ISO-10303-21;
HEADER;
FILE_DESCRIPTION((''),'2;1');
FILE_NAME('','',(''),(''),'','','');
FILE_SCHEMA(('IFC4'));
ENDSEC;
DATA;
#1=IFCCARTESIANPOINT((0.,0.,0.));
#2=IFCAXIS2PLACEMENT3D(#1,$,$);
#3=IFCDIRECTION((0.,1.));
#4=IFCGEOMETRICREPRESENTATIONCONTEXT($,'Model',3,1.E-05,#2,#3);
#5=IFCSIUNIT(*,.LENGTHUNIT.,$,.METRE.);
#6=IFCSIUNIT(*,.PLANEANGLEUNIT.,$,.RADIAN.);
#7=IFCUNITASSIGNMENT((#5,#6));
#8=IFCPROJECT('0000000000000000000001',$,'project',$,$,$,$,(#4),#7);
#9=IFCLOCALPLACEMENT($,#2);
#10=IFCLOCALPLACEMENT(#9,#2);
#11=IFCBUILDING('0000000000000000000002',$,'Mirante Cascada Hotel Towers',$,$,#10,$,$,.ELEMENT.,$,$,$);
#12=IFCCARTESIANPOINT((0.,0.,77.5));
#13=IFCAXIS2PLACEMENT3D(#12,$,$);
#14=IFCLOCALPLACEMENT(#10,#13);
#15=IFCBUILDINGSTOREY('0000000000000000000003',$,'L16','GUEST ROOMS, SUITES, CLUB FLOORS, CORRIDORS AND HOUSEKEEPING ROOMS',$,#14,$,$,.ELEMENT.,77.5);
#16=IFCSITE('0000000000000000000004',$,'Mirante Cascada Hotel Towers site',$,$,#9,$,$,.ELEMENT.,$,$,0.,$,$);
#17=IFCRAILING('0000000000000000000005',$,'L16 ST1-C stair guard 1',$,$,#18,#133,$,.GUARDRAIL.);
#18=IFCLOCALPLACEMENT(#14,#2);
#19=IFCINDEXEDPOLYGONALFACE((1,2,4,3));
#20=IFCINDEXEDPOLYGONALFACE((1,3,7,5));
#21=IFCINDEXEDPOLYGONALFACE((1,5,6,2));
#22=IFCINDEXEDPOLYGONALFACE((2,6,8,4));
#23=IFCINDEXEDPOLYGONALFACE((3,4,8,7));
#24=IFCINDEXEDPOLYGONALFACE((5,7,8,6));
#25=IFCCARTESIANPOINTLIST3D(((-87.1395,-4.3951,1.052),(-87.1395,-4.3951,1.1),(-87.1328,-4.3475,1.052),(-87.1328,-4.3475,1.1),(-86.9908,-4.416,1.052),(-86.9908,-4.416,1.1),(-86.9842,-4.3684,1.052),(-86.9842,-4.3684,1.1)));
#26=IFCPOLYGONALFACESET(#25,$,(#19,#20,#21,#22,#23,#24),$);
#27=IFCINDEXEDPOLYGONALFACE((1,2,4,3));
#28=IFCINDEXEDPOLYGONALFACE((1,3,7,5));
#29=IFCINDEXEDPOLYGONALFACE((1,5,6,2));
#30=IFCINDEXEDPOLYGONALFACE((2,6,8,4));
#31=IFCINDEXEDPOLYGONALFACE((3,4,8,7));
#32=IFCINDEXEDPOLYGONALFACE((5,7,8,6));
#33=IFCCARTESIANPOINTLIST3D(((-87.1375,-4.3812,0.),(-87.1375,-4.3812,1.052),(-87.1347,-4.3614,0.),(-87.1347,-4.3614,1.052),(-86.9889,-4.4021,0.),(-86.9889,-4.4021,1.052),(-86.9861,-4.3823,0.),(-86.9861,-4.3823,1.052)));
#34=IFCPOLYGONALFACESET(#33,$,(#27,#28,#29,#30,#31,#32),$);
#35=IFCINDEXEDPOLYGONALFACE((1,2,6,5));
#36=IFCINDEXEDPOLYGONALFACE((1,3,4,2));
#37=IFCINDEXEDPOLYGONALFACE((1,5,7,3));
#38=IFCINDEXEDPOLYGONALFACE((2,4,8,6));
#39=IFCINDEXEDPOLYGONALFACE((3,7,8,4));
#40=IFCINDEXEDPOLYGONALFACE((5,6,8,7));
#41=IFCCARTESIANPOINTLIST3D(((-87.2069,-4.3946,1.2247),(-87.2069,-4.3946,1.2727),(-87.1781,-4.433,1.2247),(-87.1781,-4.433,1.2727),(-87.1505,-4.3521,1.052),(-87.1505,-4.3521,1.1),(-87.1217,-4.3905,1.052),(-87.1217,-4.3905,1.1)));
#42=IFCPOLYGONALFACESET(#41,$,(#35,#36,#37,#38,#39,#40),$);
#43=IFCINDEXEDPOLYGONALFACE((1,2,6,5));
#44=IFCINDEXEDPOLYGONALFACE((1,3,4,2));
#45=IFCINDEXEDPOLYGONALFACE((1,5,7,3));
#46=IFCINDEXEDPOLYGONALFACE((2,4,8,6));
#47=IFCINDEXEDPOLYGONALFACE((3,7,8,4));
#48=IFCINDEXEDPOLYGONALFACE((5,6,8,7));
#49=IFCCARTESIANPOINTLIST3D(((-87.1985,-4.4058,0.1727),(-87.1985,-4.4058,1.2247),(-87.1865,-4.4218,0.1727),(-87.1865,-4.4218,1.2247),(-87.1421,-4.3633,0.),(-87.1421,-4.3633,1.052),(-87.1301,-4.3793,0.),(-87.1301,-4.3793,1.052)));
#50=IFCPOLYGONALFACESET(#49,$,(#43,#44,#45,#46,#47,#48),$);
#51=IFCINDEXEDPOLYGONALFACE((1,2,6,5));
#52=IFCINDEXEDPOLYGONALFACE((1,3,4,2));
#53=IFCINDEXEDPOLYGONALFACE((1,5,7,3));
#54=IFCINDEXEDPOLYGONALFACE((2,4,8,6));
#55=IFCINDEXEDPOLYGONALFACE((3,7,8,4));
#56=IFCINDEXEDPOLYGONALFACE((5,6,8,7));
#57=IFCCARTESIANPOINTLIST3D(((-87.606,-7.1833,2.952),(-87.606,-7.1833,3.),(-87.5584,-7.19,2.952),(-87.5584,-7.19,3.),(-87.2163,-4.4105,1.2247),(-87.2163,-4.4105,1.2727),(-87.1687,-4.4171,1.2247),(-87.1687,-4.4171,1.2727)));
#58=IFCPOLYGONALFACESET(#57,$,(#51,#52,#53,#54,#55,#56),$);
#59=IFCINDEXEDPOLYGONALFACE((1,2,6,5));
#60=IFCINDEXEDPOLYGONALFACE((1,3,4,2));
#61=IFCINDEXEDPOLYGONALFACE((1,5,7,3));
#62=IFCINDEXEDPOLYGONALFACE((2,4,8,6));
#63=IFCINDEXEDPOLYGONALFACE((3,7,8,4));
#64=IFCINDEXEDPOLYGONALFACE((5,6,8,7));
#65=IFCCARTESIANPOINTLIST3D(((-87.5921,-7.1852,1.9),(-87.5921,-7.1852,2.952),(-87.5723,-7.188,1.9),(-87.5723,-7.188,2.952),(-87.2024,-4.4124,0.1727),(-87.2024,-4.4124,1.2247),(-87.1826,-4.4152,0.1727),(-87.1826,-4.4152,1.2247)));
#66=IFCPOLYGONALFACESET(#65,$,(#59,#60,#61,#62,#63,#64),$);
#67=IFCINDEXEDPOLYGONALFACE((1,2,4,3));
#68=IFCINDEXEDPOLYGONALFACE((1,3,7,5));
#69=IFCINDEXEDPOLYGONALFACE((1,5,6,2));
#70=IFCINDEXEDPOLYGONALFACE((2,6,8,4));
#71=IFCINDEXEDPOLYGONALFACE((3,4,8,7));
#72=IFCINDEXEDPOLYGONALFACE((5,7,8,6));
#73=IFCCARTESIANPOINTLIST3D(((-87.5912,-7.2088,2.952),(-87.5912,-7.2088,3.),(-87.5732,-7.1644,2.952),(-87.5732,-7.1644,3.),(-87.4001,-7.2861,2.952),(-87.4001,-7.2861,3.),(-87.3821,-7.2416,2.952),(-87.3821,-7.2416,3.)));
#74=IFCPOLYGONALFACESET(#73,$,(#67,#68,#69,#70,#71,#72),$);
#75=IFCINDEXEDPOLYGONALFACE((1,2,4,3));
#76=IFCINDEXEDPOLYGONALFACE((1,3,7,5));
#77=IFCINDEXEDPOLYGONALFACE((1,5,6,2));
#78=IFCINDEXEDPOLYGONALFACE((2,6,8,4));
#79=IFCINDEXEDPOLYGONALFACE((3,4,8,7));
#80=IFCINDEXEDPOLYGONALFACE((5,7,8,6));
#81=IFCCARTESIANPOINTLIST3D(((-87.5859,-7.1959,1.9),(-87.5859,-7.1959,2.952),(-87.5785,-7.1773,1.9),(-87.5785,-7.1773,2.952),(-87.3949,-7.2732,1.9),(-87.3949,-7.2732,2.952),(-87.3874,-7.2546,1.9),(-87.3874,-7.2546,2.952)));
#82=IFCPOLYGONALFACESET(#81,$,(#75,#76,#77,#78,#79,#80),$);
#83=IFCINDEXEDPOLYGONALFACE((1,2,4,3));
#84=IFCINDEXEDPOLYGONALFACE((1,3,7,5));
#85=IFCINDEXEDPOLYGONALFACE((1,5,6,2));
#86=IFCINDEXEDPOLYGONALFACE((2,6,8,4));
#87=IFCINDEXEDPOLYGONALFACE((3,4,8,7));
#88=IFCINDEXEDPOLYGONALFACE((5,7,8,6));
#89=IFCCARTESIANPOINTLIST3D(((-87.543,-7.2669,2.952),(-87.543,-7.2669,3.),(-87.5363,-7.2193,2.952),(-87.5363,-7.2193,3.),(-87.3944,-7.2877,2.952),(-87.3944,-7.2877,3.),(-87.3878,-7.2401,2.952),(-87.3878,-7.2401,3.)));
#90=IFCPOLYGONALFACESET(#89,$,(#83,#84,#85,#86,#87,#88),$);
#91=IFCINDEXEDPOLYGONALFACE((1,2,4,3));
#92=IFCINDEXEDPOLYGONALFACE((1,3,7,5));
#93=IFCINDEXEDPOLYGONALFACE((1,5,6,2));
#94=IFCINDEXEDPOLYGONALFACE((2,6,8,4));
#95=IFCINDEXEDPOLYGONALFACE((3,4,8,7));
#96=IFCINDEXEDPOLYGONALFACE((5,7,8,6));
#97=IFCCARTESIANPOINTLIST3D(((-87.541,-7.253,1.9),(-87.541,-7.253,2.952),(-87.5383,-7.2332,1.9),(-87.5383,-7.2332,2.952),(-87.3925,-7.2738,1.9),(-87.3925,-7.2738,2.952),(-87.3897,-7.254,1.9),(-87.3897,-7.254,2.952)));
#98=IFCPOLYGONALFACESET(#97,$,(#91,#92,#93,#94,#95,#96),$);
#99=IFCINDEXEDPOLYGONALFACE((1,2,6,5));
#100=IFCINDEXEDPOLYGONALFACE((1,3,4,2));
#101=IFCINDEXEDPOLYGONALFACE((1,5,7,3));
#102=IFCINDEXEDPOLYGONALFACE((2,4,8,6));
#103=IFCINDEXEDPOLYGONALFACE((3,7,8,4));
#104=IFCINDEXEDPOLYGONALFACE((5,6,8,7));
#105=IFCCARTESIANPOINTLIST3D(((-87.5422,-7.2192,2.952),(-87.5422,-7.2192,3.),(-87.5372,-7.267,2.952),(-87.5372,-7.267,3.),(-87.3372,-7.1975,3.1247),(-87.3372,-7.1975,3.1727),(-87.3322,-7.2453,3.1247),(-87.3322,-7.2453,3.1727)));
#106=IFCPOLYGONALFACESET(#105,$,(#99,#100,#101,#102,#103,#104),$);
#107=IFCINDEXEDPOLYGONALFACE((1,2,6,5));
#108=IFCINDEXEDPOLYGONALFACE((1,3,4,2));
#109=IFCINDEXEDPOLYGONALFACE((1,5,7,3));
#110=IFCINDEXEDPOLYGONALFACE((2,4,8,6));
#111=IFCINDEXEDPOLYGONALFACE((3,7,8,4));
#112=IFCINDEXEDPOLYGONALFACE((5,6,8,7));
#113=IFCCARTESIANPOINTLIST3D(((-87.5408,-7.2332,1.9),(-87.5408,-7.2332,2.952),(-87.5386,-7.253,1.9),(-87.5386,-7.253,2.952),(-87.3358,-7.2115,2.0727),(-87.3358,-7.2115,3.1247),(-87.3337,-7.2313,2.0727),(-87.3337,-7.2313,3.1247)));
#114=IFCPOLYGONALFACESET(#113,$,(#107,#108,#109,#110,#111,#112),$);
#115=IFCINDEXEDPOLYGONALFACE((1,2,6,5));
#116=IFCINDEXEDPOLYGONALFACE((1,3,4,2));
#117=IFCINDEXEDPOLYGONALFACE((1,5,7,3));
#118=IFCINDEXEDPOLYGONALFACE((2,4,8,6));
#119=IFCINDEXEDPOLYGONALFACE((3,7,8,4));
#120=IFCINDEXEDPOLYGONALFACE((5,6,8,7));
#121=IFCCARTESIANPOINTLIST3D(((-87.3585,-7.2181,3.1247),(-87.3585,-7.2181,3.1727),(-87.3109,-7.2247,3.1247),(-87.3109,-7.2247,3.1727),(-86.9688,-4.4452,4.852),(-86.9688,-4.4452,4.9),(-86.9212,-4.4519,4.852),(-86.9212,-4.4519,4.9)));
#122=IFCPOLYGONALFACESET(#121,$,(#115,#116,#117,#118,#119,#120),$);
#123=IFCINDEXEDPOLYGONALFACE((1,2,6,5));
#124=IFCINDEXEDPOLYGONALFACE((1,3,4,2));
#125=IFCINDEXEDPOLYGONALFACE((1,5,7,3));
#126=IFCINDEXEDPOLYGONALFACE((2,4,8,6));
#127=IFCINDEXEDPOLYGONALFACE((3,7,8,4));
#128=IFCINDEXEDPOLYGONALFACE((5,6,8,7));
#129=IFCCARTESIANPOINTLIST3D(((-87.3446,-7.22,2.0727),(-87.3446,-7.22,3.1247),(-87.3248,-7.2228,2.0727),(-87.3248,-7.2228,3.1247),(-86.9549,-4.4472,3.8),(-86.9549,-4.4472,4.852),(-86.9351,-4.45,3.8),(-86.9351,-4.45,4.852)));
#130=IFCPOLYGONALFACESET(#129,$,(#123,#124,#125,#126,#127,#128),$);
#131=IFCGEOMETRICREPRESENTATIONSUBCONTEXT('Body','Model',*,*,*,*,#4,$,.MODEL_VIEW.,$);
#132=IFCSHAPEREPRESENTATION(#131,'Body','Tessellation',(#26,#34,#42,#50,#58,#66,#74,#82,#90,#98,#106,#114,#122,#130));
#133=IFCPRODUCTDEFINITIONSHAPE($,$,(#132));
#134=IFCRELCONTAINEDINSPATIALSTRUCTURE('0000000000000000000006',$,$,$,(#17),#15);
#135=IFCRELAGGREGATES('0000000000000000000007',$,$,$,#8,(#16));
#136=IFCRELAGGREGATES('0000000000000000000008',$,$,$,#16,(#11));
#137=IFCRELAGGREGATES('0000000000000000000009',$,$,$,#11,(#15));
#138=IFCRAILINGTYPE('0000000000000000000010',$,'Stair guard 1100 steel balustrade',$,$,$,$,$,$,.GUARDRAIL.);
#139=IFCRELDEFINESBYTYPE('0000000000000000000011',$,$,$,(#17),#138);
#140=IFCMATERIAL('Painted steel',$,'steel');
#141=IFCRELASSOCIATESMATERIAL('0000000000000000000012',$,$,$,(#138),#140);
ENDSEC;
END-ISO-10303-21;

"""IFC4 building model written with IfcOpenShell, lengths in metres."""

from ifc_helpers import new_model, si_unit, direction, frame, origin, origin_2d, place, context, subcontext, project, spatial, rectangle, extrude, material, type_object, element, save


model = new_model("IFC4")

# Units and contexts
model_context = context("Model", 3, precision=1e-05, world=origin(), true_north=direction((0.0, 1.0)))
body_context = subcontext(model_context, "Body", "Model", "MODEL_VIEW")
ifc_project = project(units=[si_unit("LENGTHUNIT", "METRE"), si_unit("PLANEANGLEUNIT", "RADIAN")], contexts=[model_context])

# Site, building, storey
site_placement = place(None, origin())
site = spatial("IfcSite", under=ifc_project, at=site_placement, Name="Mirante Cascada Hotel Towers site", CompositionType="ELEMENT", RefElevation=0.0)
building_placement = place(site_placement, origin())
building = spatial("IfcBuilding", under=site, at=building_placement, Name="Mirante Cascada Hotel Towers", CompositionType="ELEMENT")
storey_placement = place(building_placement, frame((0.0, 0.0, 77.5)))
storey = spatial("IfcBuildingStorey", under=building, at=storey_placement, Name="L16", Description="GUEST ROOMS, SUITES, CLUB FLOORS, CORRIDORS AND HOUSEKEEPING ROOMS", CompositionType="ELEMENT", Elevation=77.5)

# Railing
ifc_material_1 = material(Name="Painted steel", Category="steel")
railing_type = type_object("IfcRailingType", Name="Stair guard 1100 steel balustrade", PredefinedType="GUARDRAIL", material=ifc_material_1)
railing_placement = place(storey_placement, frame((-86.9875, -4.3922, 0.0)))
element("IfcRailing", 1, at=railing_placement, inside=storey, type_object=railing_type, Name="L16 ST1-C stair guard 1", PredefinedType="GUARDRAIL", context=body_context, shape_type="SweptSolid", body=[
    extrude(rectangle(XDim=0.048, YDim=0.048, at=origin_2d()), frame((0.0, 0.0, 1.076), z_axis=(-0.990254, 0.139275, 0.0), x_axis=(-0.139275, -0.990254, 0.0)), (0.0, 0.0, 1.0), 0.1501),
    extrude(rectangle(XDim=0.02, YDim=1.052, at=origin_2d()), frame((0.0, 0.0, 0.526), z_axis=(-0.990254, 0.139275, 0.0), x_axis=(-0.139275, -0.990254, 0.0)), (0.0, 0.0, 1.0), 0.1501),
    extrude(rectangle(XDim=0.048, YDim=0.048, at=origin_2d()), frame((-0.1486, 0.0209, 1.076), z_axis=(-0.798639, -0.601811, 0.0), x_axis=(0.601811, -0.798639, 0.0)), (0.0, 0.925603, 0.378496), 0.1866),
    extrude(rectangle(XDim=0.02, YDim=1.052, at=origin_2d()), frame((-0.1486, 0.0209, 0.526), z_axis=(-0.798639, -0.601811, 0.0), x_axis=(0.601811, -0.798639, 0.0)), (0.0, 0.925603, 0.378496), 0.1866),
    extrude(rectangle(XDim=0.048, YDim=0.048, at=origin_2d()), frame((-0.205, -0.0216, 1.2487), z_axis=(-0.139176, -0.990268, 0.0), x_axis=(0.990268, -0.139176, 0.0)), (0.0, 0.525021, 0.851089), 3.29),
    extrude(rectangle(XDim=0.02, YDim=1.052, at=origin_2d()), frame((-0.205, -0.0216, 0.6987), z_axis=(-0.139176, -0.990268, 0.0), x_axis=(0.990268, -0.139176, 0.0)), (0.0, 0.525021, 0.851089), 3.29),
    extrude(rectangle(XDim=0.048, YDim=0.048, at=origin_2d()), frame((-0.5947, -2.7944, 2.976), z_axis=(0.927031, -0.374984, 0.0), x_axis=(0.374984, 0.927031, 0.0)), (0.0, 0.0, 1.0), 0.2061),
    extrude(rectangle(XDim=0.02, YDim=1.052, at=origin_2d()), frame((-0.5947, -2.7944, 2.426), z_axis=(0.927031, -0.374984, 0.0), x_axis=(0.374984, 0.927031, 0.0)), (0.0, 0.0, 1.0), 0.2061),
    extrude(rectangle(XDim=0.048, YDim=0.048, at=origin_2d()), frame((-0.4036, -2.8717, 2.976), z_axis=(-0.990345, 0.138622, 0.0), x_axis=(-0.138622, -0.990345, 0.0)), (0.0, 0.0, 1.0), 0.15),
    extrude(rectangle(XDim=0.02, YDim=1.052, at=origin_2d()), frame((-0.4036, -2.8717, 2.426), z_axis=(-0.990345, 0.138622, 0.0), x_axis=(-0.138622, -0.990345, 0.0)), (0.0, 0.0, 1.0), 0.15),
    extrude(rectangle(XDim=0.048, YDim=0.048, at=origin_2d()), frame((-0.5522, -2.8509, 2.976), z_axis=(0.994444, 0.105266, 0.0), x_axis=(-0.105266, 0.994444, 0.0)), (0.0, 0.642184, 0.76655), 0.2689),
    extrude(rectangle(XDim=0.02, YDim=1.052, at=origin_2d()), frame((-0.5522, -2.8509, 2.426), z_axis=(0.994444, 0.105266, 0.0), x_axis=(-0.105266, 0.994444, 0.0)), (0.0, 0.642184, 0.76655), 0.2689),
    extrude(rectangle(XDim=0.048, YDim=0.048, at=origin_2d()), frame((-0.3472, -2.8292, 3.1487), z_axis=(0.139176, 0.990268, 0.0), x_axis=(-0.990268, 0.139176, 0.0)), (0.0, 0.525021, 0.851089), 3.29),
    extrude(rectangle(XDim=0.02, YDim=1.052, at=origin_2d()), frame((-0.3472, -2.8292, 2.5987), z_axis=(0.139176, 0.990268, 0.0), x_axis=(-0.990268, 0.139176, 0.0)), (0.0, 0.525021, 0.851089), 3.29),
])

save(model, "model.ifc")
